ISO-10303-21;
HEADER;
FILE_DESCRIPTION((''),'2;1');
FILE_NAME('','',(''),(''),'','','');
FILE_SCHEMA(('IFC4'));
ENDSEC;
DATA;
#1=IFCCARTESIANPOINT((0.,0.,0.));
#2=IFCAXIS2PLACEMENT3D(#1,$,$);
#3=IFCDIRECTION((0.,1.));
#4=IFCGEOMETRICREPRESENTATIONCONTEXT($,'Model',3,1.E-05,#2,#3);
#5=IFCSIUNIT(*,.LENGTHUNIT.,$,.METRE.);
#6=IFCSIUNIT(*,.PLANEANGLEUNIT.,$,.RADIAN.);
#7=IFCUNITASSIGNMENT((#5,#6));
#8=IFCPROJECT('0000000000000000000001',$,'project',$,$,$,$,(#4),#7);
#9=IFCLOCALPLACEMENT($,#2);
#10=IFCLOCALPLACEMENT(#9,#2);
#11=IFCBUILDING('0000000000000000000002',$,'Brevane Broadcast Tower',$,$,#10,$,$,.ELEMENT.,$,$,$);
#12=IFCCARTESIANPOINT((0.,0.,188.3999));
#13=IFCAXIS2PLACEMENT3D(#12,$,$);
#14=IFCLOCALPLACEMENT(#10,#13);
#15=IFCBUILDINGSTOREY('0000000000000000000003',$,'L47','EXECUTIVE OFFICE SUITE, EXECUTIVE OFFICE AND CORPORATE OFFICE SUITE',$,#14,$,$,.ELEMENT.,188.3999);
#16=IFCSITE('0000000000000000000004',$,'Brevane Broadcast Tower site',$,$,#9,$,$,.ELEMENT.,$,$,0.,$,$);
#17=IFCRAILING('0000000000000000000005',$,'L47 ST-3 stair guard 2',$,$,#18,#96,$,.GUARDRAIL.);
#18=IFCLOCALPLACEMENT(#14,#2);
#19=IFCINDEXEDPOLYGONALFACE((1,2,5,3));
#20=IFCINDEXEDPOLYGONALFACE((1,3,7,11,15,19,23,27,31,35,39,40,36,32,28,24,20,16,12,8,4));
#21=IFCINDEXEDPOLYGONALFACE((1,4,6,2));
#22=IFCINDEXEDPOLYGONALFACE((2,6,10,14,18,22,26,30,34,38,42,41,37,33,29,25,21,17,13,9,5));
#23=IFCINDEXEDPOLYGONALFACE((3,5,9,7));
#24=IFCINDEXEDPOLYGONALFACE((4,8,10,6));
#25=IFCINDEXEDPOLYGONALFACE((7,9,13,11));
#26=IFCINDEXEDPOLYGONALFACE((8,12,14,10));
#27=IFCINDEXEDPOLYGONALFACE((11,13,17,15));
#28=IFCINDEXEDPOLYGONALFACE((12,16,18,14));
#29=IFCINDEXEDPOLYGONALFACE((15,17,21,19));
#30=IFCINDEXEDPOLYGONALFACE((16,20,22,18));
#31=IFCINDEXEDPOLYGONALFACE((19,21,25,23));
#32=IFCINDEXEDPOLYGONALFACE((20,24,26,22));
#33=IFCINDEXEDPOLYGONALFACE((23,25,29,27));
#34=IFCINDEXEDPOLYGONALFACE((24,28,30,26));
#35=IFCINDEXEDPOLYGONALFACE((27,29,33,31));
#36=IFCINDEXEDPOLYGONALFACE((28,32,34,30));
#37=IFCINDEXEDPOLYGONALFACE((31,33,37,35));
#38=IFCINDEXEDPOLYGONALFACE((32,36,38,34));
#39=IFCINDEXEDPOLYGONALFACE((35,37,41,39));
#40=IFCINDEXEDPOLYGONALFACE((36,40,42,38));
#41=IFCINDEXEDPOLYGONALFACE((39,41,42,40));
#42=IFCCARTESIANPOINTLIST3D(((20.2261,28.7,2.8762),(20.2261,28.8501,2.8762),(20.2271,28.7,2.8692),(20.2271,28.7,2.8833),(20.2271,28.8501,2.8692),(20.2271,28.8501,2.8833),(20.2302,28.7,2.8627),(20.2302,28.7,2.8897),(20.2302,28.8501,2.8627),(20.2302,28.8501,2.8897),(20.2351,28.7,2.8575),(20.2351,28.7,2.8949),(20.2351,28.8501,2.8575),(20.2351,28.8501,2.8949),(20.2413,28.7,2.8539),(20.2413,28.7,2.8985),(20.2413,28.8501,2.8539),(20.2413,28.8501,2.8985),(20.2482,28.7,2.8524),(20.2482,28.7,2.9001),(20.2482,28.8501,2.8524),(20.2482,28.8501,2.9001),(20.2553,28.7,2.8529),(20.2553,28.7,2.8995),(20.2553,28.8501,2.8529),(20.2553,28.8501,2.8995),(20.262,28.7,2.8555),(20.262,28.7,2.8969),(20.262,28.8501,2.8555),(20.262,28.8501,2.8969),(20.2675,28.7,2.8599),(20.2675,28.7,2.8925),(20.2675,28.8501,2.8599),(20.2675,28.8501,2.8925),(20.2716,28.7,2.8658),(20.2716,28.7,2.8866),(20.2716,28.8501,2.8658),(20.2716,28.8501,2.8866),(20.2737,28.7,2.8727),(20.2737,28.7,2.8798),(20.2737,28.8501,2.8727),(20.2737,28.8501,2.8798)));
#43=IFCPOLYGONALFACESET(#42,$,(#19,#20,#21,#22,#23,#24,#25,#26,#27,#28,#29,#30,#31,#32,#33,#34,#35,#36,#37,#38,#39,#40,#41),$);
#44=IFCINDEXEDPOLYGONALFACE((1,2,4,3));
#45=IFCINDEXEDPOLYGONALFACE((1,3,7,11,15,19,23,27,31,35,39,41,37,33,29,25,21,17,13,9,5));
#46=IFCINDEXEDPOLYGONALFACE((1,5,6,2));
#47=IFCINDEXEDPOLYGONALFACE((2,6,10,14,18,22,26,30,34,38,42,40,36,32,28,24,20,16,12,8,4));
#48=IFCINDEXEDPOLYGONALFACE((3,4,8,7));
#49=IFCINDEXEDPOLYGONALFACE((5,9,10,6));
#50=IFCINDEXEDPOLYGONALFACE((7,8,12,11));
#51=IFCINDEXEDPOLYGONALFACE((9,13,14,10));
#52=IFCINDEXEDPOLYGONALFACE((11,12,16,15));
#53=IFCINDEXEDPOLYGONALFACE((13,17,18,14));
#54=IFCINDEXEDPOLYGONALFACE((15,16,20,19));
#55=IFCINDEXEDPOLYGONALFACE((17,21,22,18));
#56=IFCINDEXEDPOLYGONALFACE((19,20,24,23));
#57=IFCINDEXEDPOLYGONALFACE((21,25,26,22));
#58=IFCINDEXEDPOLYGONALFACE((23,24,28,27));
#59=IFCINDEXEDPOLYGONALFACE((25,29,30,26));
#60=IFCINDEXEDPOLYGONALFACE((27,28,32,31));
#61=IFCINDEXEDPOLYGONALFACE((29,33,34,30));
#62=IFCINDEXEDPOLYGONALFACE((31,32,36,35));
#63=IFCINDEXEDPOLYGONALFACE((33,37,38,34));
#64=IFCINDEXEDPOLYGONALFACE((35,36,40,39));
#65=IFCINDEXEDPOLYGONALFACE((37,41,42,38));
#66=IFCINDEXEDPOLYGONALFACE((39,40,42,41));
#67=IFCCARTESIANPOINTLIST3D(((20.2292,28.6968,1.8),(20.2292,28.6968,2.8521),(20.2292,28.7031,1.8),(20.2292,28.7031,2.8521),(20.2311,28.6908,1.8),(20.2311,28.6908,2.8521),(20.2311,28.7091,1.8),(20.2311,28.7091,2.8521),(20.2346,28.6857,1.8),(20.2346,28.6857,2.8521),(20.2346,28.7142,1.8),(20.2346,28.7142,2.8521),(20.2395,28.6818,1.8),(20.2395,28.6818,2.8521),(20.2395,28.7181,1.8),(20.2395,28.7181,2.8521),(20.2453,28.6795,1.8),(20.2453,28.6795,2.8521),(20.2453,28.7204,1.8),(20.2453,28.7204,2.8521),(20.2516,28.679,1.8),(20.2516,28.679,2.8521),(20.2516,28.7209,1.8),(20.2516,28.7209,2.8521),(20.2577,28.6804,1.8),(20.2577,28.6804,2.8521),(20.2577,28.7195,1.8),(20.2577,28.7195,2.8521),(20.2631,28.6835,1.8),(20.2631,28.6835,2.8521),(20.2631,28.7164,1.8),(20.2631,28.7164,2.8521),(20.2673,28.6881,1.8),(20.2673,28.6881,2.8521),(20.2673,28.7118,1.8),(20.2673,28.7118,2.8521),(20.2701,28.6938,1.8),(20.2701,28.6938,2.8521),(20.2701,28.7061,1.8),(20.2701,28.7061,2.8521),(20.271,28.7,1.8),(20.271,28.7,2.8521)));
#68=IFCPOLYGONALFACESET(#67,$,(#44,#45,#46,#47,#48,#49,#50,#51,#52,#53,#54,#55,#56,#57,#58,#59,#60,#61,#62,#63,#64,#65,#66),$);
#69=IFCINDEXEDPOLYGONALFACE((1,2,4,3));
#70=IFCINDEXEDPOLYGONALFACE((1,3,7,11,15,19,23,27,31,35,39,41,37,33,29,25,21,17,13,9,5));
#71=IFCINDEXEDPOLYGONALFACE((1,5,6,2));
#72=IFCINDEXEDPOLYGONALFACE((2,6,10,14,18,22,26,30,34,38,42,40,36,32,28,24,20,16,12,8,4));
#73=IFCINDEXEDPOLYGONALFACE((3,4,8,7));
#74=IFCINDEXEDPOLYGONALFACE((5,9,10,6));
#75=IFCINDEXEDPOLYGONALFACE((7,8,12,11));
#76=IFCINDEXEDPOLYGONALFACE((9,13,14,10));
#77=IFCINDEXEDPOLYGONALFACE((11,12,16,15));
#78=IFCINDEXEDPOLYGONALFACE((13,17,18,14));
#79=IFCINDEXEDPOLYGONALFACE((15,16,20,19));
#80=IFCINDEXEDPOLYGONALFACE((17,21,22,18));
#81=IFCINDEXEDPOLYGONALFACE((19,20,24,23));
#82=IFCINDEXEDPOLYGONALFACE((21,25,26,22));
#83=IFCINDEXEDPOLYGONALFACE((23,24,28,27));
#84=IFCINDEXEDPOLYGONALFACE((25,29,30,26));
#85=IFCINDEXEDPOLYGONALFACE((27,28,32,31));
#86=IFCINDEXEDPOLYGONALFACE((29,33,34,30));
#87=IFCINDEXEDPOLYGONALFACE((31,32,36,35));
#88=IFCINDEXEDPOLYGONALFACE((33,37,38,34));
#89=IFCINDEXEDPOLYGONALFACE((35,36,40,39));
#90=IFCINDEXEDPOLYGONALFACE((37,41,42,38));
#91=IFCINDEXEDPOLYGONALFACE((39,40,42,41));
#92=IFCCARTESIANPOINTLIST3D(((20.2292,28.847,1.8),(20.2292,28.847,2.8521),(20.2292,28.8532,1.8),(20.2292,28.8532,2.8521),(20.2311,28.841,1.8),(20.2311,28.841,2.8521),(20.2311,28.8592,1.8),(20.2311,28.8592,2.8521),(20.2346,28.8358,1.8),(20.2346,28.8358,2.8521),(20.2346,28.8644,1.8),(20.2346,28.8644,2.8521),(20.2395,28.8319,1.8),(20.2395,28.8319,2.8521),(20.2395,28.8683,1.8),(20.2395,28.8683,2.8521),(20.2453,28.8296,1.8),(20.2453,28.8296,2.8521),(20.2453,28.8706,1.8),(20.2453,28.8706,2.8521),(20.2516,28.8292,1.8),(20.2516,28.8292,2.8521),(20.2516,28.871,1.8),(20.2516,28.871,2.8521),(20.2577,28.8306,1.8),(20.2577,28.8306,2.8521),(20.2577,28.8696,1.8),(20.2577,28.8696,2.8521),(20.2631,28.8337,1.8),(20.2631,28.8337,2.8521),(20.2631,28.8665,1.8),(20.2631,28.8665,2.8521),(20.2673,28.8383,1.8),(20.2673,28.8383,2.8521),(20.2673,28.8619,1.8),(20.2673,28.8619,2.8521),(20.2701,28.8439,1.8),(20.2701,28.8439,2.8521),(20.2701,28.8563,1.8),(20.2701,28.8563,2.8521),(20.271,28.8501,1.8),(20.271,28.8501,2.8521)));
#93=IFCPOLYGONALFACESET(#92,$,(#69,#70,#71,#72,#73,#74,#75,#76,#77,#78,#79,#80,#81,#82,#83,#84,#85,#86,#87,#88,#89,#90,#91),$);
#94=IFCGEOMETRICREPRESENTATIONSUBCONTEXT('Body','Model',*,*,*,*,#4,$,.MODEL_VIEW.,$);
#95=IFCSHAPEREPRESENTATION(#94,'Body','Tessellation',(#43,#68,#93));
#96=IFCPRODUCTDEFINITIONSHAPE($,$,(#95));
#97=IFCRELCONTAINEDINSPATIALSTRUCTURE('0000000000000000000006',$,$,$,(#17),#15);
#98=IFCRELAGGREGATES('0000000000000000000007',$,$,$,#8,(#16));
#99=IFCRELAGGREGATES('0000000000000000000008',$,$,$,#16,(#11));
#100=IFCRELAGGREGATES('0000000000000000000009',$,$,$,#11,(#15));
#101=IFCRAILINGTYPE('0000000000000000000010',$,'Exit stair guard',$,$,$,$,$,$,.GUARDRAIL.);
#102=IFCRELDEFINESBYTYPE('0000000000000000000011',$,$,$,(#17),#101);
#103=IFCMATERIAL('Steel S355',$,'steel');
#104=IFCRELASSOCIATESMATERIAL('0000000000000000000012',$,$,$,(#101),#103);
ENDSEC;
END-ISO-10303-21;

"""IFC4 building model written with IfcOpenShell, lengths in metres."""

from ifc_helpers import new_model, si_unit, direction, frame, origin, origin_2d, place, context, subcontext, project, spatial, circle, extrude, material, type_object, element, save


model = new_model("IFC4")

# Units and contexts
model_context = context("Model", 3, precision=1e-05, world=origin(), true_north=direction((0.0, 1.0)))
body_context = subcontext(model_context, "Body", "Model", "MODEL_VIEW")
ifc_project = project(units=[si_unit("LENGTHUNIT", "METRE"), si_unit("PLANEANGLEUNIT", "RADIAN")], contexts=[model_context])

# Site, building, storey
site_placement = place(None, origin())
site = spatial("IfcSite", under=ifc_project, at=site_placement, Name="Brevane Broadcast Tower site", CompositionType="ELEMENT", RefElevation=0.0)
building_placement = place(site_placement, origin())
building = spatial("IfcBuilding", under=site, at=building_placement, Name="Brevane Broadcast Tower", CompositionType="ELEMENT")
storey_placement = place(building_placement, frame((0.0, 0.0, 188.3999)))
storey = spatial("IfcBuildingStorey", under=building, at=storey_placement, Name="L47", Description="EXECUTIVE OFFICE SUITE, EXECUTIVE OFFICE AND CORPORATE OFFICE SUITE", CompositionType="ELEMENT", Elevation=188.3999)

# Railing
ifc_material_1 = material(Name="Steel S355", Category="steel")
railing_type_1 = type_object("IfcRailingType", Name="Exit stair guard", PredefinedType="GUARDRAIL", material=ifc_material_1)
railing_1_placement = place(storey_placement, frame((20.25, 28.7, 1.8)))
element("IfcRailing", 1, at=railing_1_placement, inside=storey, type_object=railing_type_1, Name="L47 ST-3 stair guard 2", PredefinedType="GUARDRAIL", context=body_context, shape_type="SweptSolid", body=[
    extrude(circle(Radius=0.0239, at=origin_2d()), frame((0.0, 0.0, 1.0762), z_axis=(0.0, 1.0, 0.0), x_axis=(-1.0, 0.0, 0.0)), (0.0, 0.0, 1.0), 0.1501),
    extrude(circle(Radius=0.021, at=origin_2d()), origin(), (0.0, 0.0, 1.0), 1.052),
    extrude(circle(Radius=0.021, at=origin_2d()), frame((0.0, 0.1501, 0.0)), (0.0, 0.0, 1.0), 1.052),
])

save(model, "model.ifc")
